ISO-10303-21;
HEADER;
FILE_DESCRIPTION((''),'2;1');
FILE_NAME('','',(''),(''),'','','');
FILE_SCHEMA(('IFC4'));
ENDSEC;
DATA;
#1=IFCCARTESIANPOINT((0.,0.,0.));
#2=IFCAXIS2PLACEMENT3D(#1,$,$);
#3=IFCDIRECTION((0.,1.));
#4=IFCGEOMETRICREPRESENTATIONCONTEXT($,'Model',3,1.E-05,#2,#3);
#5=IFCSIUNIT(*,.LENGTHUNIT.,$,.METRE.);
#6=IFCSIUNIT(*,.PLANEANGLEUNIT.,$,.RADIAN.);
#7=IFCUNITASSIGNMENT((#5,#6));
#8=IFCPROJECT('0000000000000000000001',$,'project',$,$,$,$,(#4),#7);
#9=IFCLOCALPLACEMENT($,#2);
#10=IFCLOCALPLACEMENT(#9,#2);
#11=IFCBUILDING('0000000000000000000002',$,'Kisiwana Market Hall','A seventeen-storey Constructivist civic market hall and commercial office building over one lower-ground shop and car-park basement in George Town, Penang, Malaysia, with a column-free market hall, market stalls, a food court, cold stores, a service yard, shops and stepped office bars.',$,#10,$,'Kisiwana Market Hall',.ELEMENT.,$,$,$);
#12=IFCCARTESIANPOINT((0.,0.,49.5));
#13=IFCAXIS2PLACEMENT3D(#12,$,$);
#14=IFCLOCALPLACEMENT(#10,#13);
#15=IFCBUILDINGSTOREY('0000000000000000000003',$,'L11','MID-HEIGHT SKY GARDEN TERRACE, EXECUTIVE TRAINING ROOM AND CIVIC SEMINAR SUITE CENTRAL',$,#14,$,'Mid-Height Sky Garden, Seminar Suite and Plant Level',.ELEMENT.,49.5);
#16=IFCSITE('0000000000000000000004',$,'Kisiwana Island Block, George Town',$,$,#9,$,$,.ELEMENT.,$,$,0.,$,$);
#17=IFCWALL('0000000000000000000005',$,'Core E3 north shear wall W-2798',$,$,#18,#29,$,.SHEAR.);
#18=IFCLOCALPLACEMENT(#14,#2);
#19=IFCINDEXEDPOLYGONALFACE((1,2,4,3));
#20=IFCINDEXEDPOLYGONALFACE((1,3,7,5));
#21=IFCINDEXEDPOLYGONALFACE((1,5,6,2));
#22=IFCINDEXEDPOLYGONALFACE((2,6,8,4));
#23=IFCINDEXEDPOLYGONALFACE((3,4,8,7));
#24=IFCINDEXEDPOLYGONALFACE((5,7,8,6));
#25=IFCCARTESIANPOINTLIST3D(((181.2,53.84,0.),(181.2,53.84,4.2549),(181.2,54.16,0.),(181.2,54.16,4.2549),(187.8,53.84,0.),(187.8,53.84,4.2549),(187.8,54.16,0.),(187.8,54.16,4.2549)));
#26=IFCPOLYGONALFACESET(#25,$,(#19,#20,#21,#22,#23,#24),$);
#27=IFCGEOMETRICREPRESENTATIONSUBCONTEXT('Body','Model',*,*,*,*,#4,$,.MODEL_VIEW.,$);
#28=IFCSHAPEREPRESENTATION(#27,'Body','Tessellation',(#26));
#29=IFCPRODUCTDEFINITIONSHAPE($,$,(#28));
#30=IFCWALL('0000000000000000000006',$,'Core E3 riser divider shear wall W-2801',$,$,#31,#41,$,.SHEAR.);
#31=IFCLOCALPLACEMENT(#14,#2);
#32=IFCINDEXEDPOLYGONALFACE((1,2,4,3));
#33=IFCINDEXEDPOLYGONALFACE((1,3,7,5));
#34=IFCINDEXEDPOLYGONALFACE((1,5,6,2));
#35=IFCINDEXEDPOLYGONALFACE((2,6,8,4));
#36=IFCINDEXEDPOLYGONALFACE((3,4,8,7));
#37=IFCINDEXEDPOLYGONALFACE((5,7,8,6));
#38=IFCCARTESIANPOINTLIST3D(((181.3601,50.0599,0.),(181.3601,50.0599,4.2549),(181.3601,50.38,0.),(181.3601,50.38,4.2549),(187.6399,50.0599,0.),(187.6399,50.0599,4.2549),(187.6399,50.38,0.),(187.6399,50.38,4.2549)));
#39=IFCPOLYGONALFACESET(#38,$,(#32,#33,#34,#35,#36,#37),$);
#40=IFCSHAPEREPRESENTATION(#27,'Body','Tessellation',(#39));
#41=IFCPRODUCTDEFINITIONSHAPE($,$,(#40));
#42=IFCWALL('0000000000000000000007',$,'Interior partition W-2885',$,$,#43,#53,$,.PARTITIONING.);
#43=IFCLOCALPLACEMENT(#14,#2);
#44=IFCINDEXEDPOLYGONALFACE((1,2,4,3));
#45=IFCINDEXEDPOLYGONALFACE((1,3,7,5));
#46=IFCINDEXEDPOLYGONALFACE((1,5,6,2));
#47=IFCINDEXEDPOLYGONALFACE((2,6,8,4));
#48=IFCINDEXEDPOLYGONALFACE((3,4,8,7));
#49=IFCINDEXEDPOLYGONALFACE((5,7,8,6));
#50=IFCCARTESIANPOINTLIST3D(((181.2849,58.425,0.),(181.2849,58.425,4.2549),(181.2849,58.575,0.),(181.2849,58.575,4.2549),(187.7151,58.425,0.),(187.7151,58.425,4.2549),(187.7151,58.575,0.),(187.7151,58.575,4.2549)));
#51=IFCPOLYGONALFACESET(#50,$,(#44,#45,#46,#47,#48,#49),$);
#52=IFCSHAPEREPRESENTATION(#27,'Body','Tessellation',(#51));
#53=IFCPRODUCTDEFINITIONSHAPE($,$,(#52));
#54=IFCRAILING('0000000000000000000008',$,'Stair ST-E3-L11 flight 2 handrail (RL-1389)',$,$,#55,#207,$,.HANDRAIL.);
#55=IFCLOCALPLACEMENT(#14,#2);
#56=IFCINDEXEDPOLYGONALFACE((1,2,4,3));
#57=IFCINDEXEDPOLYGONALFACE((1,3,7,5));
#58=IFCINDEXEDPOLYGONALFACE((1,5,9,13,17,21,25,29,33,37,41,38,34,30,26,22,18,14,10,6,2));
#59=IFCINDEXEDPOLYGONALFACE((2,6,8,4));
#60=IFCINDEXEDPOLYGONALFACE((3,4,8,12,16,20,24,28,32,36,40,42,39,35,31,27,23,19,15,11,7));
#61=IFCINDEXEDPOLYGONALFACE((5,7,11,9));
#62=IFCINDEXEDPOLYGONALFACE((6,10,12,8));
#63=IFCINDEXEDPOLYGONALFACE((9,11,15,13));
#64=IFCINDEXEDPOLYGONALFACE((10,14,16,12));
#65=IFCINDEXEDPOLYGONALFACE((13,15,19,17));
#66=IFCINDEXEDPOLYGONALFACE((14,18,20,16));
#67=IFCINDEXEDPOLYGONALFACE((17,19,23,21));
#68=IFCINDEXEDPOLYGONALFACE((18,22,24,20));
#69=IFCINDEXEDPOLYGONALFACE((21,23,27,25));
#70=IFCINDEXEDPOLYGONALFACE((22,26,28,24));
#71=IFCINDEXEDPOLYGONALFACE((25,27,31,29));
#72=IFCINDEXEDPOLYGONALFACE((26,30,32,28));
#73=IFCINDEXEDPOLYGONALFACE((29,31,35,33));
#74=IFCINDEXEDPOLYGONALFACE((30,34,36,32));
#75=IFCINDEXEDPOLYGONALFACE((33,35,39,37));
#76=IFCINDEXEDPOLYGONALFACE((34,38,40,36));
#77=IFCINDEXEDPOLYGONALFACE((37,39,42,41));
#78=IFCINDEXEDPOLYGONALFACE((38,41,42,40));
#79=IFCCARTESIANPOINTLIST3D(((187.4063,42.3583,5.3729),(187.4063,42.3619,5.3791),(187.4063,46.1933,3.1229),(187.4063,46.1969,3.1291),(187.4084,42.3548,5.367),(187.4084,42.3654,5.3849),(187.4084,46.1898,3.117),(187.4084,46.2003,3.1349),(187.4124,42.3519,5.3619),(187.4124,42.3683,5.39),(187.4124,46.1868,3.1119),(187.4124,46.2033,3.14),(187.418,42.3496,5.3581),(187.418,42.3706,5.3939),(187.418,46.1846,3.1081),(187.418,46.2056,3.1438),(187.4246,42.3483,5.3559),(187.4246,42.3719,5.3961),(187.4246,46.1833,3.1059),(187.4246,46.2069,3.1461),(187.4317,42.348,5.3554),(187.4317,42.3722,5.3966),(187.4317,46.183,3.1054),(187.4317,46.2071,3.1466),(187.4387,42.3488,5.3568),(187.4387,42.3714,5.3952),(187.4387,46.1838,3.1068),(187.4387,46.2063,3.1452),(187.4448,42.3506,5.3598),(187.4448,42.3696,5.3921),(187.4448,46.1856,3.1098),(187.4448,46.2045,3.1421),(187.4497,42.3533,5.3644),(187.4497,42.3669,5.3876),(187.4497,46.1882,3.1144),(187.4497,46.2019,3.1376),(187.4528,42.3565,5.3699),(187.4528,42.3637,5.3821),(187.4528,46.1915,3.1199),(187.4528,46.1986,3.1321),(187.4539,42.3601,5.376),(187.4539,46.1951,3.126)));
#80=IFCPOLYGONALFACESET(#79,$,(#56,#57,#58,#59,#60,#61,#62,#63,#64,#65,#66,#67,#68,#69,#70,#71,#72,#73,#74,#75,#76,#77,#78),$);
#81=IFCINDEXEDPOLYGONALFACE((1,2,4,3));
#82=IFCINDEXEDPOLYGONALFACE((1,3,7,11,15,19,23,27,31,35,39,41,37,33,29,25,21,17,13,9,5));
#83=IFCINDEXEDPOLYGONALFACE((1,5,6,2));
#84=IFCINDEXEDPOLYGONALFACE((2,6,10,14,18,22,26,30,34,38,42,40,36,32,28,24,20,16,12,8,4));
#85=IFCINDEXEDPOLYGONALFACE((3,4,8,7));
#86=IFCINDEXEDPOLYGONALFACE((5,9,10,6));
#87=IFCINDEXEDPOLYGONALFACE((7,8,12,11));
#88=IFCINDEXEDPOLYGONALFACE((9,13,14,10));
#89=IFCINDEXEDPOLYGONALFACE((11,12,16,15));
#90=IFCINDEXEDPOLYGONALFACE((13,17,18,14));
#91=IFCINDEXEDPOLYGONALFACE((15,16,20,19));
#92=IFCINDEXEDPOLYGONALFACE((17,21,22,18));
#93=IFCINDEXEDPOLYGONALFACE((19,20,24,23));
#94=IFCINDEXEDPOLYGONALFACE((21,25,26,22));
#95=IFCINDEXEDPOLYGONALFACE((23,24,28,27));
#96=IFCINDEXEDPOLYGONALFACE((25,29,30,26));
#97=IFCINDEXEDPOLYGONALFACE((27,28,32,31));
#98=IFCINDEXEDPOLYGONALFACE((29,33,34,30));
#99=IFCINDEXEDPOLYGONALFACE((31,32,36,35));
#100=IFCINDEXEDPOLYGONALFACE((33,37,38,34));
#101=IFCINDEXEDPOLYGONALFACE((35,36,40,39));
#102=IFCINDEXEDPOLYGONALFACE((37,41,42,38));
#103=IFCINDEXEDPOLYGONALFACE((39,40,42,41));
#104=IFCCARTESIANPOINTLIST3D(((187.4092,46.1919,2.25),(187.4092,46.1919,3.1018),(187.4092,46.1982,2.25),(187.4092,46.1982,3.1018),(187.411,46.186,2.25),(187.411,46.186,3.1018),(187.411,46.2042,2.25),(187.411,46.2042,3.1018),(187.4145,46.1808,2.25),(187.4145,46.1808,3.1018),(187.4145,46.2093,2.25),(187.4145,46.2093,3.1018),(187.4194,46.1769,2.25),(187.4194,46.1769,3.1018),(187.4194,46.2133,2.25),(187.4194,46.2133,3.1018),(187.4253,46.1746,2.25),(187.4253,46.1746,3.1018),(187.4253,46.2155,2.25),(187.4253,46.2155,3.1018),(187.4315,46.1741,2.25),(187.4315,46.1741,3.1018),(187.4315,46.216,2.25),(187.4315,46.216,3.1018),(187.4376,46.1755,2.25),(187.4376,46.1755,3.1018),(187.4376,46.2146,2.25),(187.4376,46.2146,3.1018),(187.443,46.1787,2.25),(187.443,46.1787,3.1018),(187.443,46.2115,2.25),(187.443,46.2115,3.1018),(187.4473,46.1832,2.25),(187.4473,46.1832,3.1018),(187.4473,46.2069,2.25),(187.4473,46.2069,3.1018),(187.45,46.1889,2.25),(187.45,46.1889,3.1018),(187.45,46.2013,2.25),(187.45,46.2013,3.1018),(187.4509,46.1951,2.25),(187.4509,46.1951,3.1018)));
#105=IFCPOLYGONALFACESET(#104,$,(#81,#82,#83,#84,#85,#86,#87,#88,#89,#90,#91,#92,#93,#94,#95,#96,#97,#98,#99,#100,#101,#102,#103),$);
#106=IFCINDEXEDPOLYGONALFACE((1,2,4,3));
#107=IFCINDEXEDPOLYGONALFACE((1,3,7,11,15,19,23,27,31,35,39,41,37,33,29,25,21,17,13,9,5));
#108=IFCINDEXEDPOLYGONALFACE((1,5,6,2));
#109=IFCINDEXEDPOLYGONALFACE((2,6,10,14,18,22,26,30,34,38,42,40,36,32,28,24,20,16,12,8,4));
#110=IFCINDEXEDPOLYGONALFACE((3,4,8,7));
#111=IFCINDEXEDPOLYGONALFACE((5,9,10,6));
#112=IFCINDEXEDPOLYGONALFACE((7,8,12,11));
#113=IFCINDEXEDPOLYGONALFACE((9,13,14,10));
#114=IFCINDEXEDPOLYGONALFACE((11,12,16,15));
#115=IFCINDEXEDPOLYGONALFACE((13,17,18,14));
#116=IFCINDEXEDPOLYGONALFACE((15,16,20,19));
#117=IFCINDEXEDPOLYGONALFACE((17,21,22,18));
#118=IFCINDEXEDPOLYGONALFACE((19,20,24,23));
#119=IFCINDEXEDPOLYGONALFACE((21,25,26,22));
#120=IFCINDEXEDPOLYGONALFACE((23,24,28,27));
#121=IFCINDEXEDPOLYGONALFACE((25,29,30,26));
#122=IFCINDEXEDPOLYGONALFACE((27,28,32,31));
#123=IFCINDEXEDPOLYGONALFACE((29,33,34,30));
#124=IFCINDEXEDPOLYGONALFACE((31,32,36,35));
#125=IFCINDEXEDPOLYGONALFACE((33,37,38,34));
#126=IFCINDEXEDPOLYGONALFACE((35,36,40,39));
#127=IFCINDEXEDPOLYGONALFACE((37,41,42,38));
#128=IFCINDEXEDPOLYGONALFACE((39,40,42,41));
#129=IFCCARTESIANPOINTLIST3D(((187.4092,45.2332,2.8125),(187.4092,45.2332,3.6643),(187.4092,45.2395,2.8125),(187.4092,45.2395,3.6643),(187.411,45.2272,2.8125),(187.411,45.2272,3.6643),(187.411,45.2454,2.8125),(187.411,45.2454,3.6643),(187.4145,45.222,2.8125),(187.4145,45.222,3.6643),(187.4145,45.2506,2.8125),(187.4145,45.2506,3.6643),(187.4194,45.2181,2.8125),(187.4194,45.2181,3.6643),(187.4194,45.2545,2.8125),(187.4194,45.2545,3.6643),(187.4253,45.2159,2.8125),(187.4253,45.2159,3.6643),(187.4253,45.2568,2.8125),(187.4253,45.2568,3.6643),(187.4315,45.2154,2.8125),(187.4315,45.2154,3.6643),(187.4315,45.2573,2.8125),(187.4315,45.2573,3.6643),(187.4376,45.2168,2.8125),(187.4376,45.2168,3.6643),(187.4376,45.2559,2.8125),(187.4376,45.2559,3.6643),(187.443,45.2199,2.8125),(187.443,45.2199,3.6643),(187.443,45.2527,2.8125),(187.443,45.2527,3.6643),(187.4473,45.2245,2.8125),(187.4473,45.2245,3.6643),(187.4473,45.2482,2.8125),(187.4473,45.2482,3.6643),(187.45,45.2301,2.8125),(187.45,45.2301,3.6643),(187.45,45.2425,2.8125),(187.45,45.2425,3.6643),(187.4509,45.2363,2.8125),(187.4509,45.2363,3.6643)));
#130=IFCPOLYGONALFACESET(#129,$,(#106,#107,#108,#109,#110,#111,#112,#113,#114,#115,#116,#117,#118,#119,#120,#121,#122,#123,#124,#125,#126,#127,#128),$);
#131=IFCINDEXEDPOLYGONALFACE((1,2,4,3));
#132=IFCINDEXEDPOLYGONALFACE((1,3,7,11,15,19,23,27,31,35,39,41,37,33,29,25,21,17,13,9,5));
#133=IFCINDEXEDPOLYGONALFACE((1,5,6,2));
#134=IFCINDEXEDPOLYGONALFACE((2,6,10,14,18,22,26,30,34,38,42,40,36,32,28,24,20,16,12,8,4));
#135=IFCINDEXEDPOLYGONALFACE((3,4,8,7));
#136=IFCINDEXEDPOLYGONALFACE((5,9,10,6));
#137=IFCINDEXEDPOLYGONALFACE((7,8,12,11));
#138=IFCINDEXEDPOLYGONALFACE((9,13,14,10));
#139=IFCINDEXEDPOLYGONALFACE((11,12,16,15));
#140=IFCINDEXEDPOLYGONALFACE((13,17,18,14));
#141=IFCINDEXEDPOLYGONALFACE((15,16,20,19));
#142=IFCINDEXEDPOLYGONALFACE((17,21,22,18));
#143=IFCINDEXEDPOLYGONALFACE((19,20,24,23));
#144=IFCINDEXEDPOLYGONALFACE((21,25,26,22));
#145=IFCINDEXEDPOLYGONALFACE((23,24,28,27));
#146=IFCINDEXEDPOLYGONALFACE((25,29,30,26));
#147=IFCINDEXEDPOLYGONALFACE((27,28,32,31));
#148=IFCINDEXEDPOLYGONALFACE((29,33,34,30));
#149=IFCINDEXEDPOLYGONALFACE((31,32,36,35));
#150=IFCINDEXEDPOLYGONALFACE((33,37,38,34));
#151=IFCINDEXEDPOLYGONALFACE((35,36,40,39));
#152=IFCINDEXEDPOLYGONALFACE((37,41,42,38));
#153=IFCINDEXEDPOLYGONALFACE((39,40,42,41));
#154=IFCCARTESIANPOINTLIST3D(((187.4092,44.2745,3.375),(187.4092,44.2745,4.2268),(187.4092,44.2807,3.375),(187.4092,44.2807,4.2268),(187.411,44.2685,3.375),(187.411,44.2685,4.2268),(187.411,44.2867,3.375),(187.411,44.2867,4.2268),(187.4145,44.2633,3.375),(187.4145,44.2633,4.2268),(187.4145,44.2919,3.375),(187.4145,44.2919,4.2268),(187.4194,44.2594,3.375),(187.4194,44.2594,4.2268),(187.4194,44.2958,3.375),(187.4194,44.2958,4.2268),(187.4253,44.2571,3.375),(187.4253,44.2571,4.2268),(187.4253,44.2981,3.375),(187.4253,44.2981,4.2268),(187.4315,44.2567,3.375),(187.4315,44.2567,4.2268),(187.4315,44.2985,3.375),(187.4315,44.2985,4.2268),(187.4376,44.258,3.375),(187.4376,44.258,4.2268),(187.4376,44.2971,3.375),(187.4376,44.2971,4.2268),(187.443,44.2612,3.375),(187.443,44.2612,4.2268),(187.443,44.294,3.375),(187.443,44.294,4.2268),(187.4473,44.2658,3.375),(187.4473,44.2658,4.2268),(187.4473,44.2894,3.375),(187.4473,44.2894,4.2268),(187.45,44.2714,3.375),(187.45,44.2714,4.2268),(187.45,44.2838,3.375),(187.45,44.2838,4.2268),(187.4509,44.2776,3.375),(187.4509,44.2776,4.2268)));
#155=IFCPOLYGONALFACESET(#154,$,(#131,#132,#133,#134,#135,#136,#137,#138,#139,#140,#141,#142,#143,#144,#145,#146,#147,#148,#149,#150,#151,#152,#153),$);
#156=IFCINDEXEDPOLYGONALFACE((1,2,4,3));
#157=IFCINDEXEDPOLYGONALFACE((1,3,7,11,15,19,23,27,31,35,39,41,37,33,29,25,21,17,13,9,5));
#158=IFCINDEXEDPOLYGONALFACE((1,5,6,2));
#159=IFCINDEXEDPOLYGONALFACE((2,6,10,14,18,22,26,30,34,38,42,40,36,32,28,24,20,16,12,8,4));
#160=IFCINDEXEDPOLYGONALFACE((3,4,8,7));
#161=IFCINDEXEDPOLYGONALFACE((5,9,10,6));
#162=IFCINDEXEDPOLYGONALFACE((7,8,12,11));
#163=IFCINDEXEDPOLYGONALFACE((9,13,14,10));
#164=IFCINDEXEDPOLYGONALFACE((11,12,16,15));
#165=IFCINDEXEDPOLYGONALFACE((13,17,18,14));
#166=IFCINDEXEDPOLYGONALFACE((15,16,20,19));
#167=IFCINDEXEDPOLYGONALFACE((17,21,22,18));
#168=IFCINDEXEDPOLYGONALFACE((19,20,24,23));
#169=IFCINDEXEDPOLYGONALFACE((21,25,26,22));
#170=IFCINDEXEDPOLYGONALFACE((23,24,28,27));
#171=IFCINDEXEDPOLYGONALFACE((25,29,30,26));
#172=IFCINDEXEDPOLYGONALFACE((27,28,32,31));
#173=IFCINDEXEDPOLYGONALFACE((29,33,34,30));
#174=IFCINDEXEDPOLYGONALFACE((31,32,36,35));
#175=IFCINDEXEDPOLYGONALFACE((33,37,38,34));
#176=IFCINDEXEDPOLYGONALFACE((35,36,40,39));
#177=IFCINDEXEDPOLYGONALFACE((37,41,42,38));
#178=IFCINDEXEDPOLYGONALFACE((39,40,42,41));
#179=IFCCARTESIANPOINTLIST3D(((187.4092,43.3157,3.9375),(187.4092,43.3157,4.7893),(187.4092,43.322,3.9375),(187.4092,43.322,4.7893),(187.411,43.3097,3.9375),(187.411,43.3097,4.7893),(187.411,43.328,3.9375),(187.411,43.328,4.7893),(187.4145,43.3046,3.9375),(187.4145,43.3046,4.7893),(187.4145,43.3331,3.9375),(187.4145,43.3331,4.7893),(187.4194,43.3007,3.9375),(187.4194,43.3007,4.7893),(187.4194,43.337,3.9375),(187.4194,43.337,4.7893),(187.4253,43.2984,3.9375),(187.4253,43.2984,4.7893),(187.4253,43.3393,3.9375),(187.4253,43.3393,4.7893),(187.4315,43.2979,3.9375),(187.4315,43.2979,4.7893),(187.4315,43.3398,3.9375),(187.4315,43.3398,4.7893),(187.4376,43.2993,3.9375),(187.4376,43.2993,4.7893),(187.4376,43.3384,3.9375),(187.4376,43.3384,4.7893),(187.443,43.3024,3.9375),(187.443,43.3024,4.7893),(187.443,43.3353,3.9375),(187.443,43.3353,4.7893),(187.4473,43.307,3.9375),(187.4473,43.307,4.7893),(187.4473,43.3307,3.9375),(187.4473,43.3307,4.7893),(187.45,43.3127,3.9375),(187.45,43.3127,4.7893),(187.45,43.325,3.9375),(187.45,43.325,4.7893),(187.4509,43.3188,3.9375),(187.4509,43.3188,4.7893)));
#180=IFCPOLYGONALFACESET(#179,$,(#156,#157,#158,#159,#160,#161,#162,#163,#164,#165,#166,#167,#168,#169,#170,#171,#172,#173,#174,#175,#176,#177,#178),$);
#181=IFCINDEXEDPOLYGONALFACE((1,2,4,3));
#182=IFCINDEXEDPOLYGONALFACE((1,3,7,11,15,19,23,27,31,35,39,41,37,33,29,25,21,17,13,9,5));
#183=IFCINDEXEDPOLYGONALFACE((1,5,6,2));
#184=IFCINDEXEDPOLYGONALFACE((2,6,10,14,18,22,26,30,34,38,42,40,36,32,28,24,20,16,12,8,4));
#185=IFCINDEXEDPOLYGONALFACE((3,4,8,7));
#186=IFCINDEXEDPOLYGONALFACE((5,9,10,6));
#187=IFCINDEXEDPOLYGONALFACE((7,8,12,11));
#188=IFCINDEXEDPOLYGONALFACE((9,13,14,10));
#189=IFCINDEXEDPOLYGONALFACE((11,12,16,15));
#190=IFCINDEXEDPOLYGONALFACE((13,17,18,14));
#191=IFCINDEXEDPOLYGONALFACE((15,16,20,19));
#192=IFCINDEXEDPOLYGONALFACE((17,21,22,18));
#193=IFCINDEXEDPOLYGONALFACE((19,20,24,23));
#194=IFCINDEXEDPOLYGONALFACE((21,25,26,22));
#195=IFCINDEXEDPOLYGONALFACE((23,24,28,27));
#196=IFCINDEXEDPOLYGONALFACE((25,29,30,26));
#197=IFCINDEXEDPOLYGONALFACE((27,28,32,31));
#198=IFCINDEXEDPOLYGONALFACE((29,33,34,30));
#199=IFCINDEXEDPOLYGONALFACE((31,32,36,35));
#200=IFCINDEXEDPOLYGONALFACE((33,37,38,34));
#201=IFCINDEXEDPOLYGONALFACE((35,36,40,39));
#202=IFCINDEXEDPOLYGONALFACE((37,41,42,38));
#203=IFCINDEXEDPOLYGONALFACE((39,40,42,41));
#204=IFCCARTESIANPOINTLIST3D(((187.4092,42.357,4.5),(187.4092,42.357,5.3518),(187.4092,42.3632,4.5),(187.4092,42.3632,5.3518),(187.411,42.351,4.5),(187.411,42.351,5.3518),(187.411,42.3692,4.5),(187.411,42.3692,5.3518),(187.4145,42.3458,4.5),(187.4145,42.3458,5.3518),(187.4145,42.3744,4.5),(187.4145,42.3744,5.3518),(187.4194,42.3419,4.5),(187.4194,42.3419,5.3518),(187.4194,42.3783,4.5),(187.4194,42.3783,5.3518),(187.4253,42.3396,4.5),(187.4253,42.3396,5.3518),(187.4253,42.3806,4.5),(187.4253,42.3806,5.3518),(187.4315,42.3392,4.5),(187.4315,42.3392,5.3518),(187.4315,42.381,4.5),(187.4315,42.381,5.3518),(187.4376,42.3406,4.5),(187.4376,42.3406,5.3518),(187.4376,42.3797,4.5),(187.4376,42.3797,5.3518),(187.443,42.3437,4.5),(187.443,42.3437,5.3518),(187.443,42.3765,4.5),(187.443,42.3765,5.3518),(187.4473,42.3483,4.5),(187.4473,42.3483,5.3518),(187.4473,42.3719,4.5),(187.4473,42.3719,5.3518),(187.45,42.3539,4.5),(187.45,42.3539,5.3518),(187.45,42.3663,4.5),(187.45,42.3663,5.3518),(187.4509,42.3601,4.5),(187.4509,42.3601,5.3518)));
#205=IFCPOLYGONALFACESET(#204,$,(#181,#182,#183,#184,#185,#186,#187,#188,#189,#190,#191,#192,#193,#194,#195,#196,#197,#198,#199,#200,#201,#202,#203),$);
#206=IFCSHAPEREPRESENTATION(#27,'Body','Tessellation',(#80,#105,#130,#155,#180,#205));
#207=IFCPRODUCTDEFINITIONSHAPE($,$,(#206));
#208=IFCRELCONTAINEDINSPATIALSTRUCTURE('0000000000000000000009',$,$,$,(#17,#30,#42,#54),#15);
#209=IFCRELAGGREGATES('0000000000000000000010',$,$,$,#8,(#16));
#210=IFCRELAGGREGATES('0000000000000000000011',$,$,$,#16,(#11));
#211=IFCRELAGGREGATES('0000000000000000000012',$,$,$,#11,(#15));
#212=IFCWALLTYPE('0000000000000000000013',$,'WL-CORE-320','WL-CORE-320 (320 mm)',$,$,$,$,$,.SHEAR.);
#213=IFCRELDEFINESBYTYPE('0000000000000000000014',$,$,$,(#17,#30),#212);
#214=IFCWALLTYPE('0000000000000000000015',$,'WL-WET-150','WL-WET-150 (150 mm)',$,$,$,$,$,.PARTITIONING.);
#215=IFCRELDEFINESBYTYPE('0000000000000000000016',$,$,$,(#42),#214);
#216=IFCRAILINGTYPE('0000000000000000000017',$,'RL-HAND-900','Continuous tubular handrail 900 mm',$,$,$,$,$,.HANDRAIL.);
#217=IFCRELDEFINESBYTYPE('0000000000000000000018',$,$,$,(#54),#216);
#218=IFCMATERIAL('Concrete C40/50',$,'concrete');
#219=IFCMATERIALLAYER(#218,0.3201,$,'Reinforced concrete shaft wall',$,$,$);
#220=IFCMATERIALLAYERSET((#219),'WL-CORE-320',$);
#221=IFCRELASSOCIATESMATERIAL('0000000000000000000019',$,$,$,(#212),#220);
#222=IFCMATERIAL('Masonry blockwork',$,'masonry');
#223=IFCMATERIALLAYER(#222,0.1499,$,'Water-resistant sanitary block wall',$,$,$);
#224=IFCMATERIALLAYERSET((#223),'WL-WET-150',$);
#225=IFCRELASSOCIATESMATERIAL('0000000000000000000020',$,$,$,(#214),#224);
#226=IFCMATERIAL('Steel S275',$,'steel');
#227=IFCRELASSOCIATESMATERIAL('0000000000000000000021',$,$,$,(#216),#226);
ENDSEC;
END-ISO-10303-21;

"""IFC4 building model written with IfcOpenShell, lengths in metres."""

from ifc_helpers import new_model, si_unit, direction, frame, frame_2d, origin, origin_2d, place, context, subcontext, project, spatial, rectangle, circle, extrude, material, layer, layer_set, type_object, element, save


model = new_model("IFC4")

# Units and contexts
model_context = context("Model", 3, precision=1e-05, world=origin(), true_north=direction((0.0, 1.0)))
body_context = subcontext(model_context, "Body", "Model", "MODEL_VIEW")
ifc_project = project(units=[si_unit("LENGTHUNIT", "METRE"), si_unit("PLANEANGLEUNIT", "RADIAN")], contexts=[model_context])

# Site, building, storey
site_placement = place(None, origin())
site = spatial("IfcSite", under=ifc_project, at=site_placement, Name="Kisiwana Island Block, George Town", CompositionType="ELEMENT", RefElevation=0.0)
building_placement = place(site_placement, origin())
building = spatial("IfcBuilding", under=site, at=building_placement, Name="Kisiwana Market Hall", Description="A seventeen-storey Constructivist civic market hall and commercial office building over one lower-ground shop and car-park basement in George Town, Penang, Malaysia, with a column-free market hall, market stalls, a food court, cold stores, a service yard, shops and stepped office bars.", LongName="Kisiwana Market Hall", CompositionType="ELEMENT")
storey_placement = place(building_placement, frame((0.0, 0.0, 49.5)))
storey = spatial("IfcBuildingStorey", under=building, at=storey_placement, Name="L11", Description="MID-HEIGHT SKY GARDEN TERRACE, EXECUTIVE TRAINING ROOM AND CIVIC SEMINAR SUITE CENTRAL", LongName="Mid-Height Sky Garden, Seminar Suite and Plant Level", CompositionType="ELEMENT", Elevation=49.5)

# Walls
ifc_material_1 = material(Name="Concrete C40/50", Category="concrete")
ifc_layer_1 = layer(ifc_material_1, 0.3201, Name="Reinforced concrete shaft wall")
ifc_layer_set_1 = layer_set([ifc_layer_1], Name="WL-CORE-320")
wall_type_1 = type_object("IfcWallType", Name="WL-CORE-320", Description="WL-CORE-320 (320 mm)", PredefinedType="SHEAR", material=ifc_layer_set_1)
wall_1_placement = place(storey_placement, frame((181.2, 54.0, 0.0), z_axis=(0.0, 0.0, 1.0), x_axis=(1.0, 0.0, 0.0)))
element("IfcWall", 1, at=wall_1_placement, inside=storey, type_object=wall_type_1, Name="Core E3 north shear wall W-2798", PredefinedType="SHEAR", context=body_context, shape_type="SweptSolid", body=[
    extrude(rectangle(XDim=6.6001, YDim=0.3201, at=frame_2d((3.3, 0.0))), origin(), (0.0, 0.0, 1.0), 4.2549),
])
wall_2_placement = place(storey_placement, frame((181.3601, 50.22, 0.0), z_axis=(0.0, 0.0, 1.0), x_axis=(1.0, 0.0, 0.0)))
element("IfcWall", 2, at=wall_2_placement, inside=storey, type_object=wall_type_1, Name="Core E3 riser divider shear wall W-2801", PredefinedType="SHEAR", context=body_context, shape_type="SweptSolid", body=[
    extrude(rectangle(XDim=6.2798, YDim=0.3201, at=frame_2d((3.1399, 0.0))), origin(), (0.0, 0.0, 1.0), 4.2549),
])
ifc_material_2 = material(Name="Masonry blockwork", Category="masonry")
ifc_layer_2 = layer(ifc_material_2, 0.1499, Name="Water-resistant sanitary block wall")
ifc_layer_set_2 = layer_set([ifc_layer_2], Name="WL-WET-150")
wall_type_2 = type_object("IfcWallType", Name="WL-WET-150", Description="WL-WET-150 (150 mm)", PredefinedType="PARTITIONING", material=ifc_layer_set_2)
wall_3_placement = place(storey_placement, frame((181.2849, 58.5, 0.0), z_axis=(0.0, 0.0, 1.0), x_axis=(1.0, 0.0, 0.0)))
element("IfcWall", 3, at=wall_3_placement, inside=storey, type_object=wall_type_2, Name="Interior partition W-2885", PredefinedType="PARTITIONING", context=body_context, shape_type="SweptSolid", body=[
    extrude(rectangle(XDim=6.4302, YDim=0.1499, at=frame_2d((3.2151, 0.0))), origin(), (0.0, 0.0, 1.0), 4.2549),
])

# Railing
ifc_material_3 = material(Name="Steel S275", Category="steel")
railing_type_1 = type_object("IfcRailingType", Name="RL-HAND-900", Description="Continuous tubular handrail 900 mm", PredefinedType="HANDRAIL", material=ifc_material_3)
for number, where, name in (
    (4, (187.4299, 46.1951, 2.25), "Stair ST-E3-L11 flight 2 handrail (RL-1389)"),
):
    element("IfcRailing", number, at=place(storey_placement, frame(where)), inside=storey, type_object=railing_type_1, Name=name, PredefinedType="HANDRAIL", context=body_context, shape_type="SweptSolid", body=[
        extrude(circle(Radius=0.0239, at=origin_2d()), frame((0.0, 0.0, 0.876), z_axis=(0.0, -0.86251, 0.506041), x_axis=(1.0, 0.0, 0.0)), (0.0, 0.0, 1.0), 4.4463),
        extrude(circle(Radius=0.021, at=origin_2d()), origin(), (0.0, 0.0, 1.0), 0.8518),
        extrude(circle(Radius=0.021, at=origin_2d()), frame((0.0, -0.9587, 0.5625)), (0.0, 0.0, 1.0), 0.8518),
        extrude(circle(Radius=0.021, at=origin_2d()), frame((0.0, -1.9175, 1.125)), (0.0, 0.0, 1.0), 0.8518),
        extrude(circle(Radius=0.021, at=origin_2d()), frame((0.0, -2.8762, 1.6875)), (0.0, 0.0, 1.0), 0.8518),
        extrude(circle(Radius=0.021, at=origin_2d()), frame((0.0, -3.835, 2.25)), (0.0, 0.0, 1.0), 0.8518),
    ])

save(model, "model.ifc")
